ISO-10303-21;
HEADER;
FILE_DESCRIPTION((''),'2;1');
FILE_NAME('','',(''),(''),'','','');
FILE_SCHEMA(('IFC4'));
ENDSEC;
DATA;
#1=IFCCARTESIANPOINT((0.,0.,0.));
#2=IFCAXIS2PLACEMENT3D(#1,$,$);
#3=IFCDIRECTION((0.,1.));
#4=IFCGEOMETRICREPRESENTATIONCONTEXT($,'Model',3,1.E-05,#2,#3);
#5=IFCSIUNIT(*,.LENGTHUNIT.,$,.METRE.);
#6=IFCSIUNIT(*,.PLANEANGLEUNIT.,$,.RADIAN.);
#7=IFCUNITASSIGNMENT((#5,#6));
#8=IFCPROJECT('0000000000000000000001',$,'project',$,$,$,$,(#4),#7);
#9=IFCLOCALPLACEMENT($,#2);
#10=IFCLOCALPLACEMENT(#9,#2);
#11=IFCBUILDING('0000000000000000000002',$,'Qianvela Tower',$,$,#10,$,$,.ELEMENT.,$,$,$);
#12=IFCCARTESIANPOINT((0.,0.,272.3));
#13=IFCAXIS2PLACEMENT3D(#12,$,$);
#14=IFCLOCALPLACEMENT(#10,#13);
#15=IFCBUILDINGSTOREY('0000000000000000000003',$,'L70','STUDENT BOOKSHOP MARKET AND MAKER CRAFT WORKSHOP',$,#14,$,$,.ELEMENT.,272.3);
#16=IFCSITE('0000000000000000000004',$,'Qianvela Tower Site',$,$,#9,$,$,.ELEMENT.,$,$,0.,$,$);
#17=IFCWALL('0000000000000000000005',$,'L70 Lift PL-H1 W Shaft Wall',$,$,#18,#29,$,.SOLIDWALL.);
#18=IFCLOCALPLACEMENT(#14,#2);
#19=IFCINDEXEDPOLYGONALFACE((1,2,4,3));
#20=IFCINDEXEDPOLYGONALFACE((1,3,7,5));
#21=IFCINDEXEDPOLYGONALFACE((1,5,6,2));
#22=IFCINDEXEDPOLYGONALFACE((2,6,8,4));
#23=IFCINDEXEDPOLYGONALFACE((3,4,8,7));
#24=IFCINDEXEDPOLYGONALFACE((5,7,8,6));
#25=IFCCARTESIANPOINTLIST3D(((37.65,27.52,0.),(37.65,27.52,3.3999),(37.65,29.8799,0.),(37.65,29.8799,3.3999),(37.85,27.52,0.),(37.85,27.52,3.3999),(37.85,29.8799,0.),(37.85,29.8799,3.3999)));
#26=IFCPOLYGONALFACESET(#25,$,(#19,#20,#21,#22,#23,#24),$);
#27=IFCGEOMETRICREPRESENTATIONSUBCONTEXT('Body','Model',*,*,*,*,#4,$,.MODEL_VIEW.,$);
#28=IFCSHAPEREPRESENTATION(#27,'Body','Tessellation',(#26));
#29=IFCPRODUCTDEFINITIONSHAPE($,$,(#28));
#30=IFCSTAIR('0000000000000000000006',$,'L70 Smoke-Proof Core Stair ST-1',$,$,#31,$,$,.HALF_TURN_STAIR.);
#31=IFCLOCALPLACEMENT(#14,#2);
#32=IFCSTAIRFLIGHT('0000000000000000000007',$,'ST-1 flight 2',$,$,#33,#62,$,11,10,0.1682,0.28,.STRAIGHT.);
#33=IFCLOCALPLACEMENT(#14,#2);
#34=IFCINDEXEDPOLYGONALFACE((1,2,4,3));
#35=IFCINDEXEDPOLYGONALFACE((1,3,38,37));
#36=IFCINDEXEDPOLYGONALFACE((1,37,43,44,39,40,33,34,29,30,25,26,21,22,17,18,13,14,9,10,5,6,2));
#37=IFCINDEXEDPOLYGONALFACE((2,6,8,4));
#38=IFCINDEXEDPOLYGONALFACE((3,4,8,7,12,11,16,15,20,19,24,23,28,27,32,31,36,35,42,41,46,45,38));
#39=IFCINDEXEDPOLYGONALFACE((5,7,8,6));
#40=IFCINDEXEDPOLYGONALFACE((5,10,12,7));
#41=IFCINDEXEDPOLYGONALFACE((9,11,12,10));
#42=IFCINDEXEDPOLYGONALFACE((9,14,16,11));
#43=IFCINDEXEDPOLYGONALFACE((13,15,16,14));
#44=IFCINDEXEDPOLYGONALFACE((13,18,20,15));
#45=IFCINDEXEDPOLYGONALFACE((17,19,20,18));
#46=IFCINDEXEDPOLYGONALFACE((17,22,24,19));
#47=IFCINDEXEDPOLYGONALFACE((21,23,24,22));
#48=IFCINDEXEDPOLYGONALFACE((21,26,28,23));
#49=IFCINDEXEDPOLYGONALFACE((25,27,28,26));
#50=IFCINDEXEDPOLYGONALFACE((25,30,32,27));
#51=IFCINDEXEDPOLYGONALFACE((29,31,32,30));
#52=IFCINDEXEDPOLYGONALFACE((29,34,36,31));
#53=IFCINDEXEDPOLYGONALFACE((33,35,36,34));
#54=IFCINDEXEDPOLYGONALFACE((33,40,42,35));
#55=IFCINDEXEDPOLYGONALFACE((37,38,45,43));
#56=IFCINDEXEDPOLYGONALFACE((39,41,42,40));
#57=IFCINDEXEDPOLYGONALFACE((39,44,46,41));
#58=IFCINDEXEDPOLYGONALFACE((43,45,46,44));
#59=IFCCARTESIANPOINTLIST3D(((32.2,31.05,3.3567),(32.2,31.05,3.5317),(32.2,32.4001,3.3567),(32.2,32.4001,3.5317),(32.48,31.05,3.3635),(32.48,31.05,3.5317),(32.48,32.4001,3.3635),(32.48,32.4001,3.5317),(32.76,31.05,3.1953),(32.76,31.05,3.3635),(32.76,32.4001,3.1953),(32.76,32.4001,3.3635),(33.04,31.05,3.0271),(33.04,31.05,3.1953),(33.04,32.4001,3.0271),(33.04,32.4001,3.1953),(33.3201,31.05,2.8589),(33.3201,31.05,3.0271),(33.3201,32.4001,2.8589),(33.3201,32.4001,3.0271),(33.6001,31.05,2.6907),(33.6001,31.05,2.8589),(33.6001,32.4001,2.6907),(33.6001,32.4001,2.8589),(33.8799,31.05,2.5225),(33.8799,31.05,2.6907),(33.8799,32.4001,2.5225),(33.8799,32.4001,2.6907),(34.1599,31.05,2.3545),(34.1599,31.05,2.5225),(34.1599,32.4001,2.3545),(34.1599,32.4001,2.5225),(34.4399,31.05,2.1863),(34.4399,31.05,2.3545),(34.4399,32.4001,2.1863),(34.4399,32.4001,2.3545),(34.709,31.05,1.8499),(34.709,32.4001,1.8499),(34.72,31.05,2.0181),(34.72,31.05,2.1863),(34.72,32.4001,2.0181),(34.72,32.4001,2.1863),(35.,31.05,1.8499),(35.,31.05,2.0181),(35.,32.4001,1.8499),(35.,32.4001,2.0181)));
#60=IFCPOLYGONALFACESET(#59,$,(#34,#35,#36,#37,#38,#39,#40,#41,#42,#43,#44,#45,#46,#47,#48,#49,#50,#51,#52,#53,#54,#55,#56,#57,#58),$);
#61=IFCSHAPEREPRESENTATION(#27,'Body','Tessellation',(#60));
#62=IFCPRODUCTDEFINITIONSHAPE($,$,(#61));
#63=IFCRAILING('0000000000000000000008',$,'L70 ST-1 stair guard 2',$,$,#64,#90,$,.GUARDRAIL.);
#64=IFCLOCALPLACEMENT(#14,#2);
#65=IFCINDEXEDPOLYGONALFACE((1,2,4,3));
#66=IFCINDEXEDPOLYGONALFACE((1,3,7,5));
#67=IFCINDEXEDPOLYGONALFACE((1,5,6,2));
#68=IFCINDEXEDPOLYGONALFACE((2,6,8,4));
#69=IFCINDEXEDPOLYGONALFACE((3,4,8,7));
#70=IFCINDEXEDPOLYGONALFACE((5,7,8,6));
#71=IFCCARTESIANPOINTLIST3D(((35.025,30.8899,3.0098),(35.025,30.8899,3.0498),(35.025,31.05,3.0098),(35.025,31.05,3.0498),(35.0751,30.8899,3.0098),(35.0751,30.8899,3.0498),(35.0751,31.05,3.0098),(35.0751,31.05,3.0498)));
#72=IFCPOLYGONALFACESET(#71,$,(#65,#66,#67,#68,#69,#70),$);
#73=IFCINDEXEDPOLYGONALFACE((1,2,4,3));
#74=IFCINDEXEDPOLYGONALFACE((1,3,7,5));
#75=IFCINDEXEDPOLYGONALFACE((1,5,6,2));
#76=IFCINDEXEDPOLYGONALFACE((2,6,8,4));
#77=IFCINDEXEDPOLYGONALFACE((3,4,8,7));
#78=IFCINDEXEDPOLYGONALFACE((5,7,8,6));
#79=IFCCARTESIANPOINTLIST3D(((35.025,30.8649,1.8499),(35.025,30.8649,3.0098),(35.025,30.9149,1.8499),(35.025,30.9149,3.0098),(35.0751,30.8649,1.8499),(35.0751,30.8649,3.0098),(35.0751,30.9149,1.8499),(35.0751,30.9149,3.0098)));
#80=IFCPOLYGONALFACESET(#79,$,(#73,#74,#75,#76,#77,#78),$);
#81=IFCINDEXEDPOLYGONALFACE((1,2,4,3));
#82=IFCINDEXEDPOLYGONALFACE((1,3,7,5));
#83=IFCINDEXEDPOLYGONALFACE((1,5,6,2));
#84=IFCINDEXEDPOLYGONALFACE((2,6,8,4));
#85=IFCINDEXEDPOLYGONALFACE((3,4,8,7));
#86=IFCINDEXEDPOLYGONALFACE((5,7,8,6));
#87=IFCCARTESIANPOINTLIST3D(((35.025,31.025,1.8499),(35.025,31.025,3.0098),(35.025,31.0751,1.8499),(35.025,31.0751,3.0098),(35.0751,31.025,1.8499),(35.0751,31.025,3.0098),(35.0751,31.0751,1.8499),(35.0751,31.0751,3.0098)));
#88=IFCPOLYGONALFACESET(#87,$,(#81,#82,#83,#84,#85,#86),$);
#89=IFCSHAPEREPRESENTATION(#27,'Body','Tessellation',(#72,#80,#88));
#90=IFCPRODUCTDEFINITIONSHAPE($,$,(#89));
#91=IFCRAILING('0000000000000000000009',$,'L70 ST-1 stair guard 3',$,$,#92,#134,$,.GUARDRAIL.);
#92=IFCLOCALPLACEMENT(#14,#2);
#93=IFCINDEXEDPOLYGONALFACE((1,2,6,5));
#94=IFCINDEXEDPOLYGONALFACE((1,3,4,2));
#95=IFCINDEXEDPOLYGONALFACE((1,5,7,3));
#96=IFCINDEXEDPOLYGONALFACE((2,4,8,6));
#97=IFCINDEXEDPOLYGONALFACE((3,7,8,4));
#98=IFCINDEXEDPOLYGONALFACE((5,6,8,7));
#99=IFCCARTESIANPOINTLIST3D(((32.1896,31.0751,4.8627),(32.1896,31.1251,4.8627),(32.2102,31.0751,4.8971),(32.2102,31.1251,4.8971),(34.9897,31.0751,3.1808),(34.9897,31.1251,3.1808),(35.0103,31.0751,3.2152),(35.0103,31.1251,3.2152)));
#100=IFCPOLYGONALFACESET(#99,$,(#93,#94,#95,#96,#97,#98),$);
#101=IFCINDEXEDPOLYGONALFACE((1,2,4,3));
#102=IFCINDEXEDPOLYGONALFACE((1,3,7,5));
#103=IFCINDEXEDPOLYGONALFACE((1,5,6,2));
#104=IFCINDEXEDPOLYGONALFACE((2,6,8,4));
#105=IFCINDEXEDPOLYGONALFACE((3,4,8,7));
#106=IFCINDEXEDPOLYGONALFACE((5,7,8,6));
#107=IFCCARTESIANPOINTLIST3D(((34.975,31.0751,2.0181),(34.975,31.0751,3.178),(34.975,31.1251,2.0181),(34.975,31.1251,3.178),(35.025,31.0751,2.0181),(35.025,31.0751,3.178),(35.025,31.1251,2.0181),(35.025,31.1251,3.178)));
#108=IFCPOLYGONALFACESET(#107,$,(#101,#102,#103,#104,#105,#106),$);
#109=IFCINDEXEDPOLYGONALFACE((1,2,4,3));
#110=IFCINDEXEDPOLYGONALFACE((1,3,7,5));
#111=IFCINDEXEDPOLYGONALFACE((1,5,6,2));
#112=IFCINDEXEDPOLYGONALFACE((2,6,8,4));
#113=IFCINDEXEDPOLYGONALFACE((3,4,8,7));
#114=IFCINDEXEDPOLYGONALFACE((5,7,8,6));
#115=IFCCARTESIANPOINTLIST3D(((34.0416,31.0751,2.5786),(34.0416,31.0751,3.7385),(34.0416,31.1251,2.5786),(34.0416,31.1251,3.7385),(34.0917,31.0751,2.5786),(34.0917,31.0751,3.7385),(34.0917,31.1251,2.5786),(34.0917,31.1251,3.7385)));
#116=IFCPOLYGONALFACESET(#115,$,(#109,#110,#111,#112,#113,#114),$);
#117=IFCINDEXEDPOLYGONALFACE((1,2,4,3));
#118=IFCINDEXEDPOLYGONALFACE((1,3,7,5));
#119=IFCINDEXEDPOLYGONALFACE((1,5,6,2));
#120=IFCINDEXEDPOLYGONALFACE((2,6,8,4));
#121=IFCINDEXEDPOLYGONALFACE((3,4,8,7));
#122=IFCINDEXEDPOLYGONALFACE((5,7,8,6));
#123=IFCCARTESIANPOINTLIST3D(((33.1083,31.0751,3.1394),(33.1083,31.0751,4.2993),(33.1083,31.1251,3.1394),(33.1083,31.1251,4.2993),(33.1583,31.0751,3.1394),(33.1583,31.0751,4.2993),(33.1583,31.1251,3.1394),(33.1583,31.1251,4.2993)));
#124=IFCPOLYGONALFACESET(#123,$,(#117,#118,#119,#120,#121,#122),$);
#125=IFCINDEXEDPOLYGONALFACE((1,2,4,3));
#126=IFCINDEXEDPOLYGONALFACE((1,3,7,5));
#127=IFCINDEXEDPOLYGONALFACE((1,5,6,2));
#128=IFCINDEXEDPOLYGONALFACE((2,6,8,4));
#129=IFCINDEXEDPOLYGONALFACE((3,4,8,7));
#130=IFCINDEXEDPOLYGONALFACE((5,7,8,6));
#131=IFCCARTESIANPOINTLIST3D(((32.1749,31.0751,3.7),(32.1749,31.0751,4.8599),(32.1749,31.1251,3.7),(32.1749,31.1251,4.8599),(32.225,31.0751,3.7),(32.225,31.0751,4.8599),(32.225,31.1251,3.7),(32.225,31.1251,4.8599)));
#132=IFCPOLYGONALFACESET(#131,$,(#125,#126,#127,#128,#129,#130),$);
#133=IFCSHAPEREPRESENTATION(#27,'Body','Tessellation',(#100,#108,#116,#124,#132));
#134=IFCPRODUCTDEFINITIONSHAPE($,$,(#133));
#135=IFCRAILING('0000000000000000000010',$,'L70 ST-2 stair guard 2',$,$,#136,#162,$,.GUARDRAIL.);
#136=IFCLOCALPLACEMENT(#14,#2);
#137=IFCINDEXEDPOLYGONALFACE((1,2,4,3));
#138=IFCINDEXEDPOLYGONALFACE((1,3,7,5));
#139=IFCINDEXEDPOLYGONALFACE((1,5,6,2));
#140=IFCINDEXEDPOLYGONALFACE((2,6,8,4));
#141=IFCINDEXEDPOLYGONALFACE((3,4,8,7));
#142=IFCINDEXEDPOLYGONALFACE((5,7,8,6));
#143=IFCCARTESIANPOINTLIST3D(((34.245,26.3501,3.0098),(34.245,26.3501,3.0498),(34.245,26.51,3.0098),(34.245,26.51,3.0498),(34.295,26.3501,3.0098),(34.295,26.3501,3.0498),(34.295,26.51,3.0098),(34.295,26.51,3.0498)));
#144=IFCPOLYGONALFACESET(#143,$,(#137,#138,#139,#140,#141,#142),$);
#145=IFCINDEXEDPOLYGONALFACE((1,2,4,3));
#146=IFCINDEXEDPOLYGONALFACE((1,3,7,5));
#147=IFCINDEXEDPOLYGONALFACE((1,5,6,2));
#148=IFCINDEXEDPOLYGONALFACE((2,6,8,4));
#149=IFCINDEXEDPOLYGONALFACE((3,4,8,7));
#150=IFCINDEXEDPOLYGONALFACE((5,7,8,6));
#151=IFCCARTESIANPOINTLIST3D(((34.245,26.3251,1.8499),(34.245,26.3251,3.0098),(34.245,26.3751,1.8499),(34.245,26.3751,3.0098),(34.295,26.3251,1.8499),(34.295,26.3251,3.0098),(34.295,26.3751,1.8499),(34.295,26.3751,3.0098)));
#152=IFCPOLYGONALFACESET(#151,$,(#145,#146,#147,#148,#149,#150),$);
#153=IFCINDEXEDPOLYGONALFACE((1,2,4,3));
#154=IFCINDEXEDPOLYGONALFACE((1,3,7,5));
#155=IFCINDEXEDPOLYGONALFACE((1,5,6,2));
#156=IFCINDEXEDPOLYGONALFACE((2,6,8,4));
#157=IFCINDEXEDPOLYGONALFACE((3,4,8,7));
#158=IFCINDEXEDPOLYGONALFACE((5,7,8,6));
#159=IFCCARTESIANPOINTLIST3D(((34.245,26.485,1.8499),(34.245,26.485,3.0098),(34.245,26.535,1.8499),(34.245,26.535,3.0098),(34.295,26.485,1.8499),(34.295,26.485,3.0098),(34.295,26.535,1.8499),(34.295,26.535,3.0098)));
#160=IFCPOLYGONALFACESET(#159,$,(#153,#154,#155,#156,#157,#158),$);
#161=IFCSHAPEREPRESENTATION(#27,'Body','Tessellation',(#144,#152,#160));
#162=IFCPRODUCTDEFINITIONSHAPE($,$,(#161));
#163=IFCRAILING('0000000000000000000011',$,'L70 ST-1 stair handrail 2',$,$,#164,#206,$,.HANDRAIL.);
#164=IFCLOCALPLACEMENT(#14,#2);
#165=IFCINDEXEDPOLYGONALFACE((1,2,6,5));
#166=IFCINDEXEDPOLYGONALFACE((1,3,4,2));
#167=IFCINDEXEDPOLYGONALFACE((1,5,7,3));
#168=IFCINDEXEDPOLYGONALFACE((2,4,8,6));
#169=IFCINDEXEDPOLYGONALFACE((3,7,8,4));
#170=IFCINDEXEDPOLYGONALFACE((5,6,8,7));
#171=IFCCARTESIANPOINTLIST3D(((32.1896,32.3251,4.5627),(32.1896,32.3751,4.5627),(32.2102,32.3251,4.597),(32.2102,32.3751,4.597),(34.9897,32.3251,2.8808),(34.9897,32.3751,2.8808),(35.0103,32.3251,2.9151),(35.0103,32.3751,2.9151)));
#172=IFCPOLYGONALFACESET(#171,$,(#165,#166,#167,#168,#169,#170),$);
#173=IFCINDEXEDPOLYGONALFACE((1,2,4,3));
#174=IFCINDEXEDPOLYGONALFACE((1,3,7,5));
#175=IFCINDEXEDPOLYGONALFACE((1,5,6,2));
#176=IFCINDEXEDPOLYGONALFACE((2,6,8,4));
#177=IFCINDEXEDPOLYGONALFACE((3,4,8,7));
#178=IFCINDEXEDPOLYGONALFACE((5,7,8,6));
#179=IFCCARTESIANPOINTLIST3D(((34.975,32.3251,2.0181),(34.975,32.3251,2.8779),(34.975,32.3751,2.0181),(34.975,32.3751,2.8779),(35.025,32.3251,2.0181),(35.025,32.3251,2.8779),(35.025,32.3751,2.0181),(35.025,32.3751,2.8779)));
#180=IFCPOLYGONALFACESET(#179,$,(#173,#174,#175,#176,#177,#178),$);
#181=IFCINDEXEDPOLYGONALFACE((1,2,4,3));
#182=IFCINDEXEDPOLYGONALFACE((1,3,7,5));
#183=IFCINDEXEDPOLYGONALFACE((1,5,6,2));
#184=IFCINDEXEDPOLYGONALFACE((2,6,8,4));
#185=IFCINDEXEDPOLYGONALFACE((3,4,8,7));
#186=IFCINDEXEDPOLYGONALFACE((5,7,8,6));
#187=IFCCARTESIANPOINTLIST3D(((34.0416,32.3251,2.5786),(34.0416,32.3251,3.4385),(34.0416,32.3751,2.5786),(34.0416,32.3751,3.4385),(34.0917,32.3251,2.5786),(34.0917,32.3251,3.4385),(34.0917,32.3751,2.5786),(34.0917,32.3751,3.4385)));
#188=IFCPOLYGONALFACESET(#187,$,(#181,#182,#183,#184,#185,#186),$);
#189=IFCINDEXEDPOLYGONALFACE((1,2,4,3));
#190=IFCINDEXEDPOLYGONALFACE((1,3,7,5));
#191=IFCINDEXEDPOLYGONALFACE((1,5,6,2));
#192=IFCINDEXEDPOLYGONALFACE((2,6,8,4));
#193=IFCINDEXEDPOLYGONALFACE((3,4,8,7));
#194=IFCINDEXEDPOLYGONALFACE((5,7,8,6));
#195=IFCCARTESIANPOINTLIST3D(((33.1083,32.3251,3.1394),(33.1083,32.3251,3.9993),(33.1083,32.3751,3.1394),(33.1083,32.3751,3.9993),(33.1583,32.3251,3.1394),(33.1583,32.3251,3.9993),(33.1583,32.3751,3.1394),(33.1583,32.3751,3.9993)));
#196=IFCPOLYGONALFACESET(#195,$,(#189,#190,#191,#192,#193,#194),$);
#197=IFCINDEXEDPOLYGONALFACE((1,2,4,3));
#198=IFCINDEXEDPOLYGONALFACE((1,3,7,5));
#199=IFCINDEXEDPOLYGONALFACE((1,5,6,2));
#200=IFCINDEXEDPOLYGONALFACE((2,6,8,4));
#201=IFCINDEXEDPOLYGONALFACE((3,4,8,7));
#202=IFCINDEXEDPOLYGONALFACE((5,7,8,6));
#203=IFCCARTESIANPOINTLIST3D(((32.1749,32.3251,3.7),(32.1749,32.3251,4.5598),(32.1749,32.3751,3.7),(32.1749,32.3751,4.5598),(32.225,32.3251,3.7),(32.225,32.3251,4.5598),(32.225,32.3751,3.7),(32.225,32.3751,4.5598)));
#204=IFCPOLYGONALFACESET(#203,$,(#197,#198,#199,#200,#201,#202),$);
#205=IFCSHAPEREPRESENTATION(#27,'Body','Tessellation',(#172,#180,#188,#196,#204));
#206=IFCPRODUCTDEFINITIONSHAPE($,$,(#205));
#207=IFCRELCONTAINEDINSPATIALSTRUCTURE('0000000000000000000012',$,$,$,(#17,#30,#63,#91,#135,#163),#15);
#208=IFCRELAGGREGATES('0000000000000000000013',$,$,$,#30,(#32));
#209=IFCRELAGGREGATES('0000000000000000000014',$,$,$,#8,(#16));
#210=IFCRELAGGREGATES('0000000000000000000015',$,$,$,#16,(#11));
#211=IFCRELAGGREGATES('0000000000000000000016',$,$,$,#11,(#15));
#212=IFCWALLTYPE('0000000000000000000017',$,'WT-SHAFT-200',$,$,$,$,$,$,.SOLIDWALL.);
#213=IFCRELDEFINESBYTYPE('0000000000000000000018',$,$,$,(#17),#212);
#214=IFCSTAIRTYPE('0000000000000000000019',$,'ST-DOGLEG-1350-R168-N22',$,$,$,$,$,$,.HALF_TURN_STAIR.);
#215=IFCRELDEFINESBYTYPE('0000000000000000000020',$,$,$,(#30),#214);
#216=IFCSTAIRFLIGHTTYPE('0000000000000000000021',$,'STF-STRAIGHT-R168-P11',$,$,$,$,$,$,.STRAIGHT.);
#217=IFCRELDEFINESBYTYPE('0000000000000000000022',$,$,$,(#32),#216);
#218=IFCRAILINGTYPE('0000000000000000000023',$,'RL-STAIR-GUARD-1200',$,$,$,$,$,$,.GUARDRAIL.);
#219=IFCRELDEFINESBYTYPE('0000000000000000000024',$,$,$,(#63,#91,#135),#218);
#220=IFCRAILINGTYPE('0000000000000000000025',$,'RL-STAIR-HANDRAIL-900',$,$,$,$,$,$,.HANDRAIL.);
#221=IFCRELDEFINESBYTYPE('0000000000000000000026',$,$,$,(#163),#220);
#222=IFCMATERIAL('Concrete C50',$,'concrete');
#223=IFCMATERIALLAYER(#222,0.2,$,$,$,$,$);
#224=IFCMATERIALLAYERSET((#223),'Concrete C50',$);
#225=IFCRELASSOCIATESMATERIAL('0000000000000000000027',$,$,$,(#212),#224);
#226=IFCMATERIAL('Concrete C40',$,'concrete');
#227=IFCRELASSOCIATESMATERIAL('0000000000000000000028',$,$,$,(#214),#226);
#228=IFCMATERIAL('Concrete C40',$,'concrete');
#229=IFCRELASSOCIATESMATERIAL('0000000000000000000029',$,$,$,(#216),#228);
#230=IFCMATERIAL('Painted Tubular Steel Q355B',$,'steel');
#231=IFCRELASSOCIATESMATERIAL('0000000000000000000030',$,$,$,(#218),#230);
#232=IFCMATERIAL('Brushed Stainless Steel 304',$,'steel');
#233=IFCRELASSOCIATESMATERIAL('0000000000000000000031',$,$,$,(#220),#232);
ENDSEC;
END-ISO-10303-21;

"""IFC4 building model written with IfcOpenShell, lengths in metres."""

from ifc_helpers import new_model, si_unit, direction, frame, frame_2d, origin, origin_2d, place, context, subcontext, project, spatial, polyline, rectangle, outline, extrude, material, layer, layer_set, type_object, element, aggregate, save


model = new_model("IFC4")

# Units and contexts
model_context = context("Model", 3, precision=1e-05, world=origin(), true_north=direction((0.0, 1.0)))
body_context = subcontext(model_context, "Body", "Model", "MODEL_VIEW")
ifc_project = project(units=[si_unit("LENGTHUNIT", "METRE"), si_unit("PLANEANGLEUNIT", "RADIAN")], contexts=[model_context])

# Site, building, storey
site_placement = place(None, origin())
site = spatial("IfcSite", under=ifc_project, at=site_placement, Name="Qianvela Tower Site", CompositionType="ELEMENT", RefElevation=0.0)
building_placement = place(site_placement, origin())
building = spatial("IfcBuilding", under=site, at=building_placement, Name="Qianvela Tower", CompositionType="ELEMENT")
storey_placement = place(building_placement, frame((0.0, 0.0, 272.3)))
storey = spatial("IfcBuildingStorey", under=building, at=storey_placement, Name="L70", Description="STUDENT BOOKSHOP MARKET AND MAKER CRAFT WORKSHOP", CompositionType="ELEMENT", Elevation=272.3)

# Shared definitions
ifc_material_1 = material(Name="Concrete C50", Category="concrete")
ifc_layer_1 = layer(ifc_material_1, 0.2)
ifc_layer_set_1 = layer_set([ifc_layer_1], Name="Concrete C50")
wall_type_1 = type_object("IfcWallType", Name="WT-SHAFT-200", PredefinedType="SOLIDWALL", material=ifc_layer_set_1)

# Wall
wall_1_placement = place(storey_placement, frame((37.75, 27.52, 0.0), z_axis=(0.0, 0.0, 1.0), x_axis=(0.0, 1.0, 0.0)))
element("IfcWall", 1, at=wall_1_placement, inside=storey, type_object=wall_type_1, Name="L70 Lift PL-H1 W Shaft Wall", PredefinedType="SOLIDWALL", context=body_context, shape_type="SweptSolid", body=[
    extrude(rectangle(XDim=2.3599, YDim=0.2, at=frame_2d((1.1799, 0.0))), origin(), (0.0, 0.0, 1.0), 3.3999),
])

# Stair, stair flight
ifc_material_2 = material(Name="Concrete C40", Category="concrete")
stair_type = type_object("IfcStairType", Name="ST-DOGLEG-1350-R168-N22", PredefinedType="HALF_TURN_STAIR", material=ifc_material_2)
stair_placement = place(storey_placement, origin())
stair = element("IfcStair", 2, at=stair_placement, inside=storey, type_object=stair_type, Name="L70 Smoke-Proof Core Stair ST-1", PredefinedType="HALF_TURN_STAIR")
ifc_material_3 = material(Name="Concrete C40", Category="concrete")
stair_flight_type = type_object("IfcStairFlightType", Name="STF-STRAIGHT-R168-P11", PredefinedType="STRAIGHT", material=ifc_material_3)
stair_flight_placement = place(storey_placement, frame((35.0, 31.7251, 1.8499), z_axis=(0.0, 0.0, 1.0), x_axis=(-1.0, 0.0, 0.0)))
stair_flight = element("IfcStairFlight", 3, at=stair_flight_placement, type_object=stair_flight_type, Name="ST-1 flight 2", NumberOfRisers=11, NumberOfTreads=10, PredefinedType="STRAIGHT", RiserHeight=0.1682, TreadLength=0.28, context=body_context, shape_type="SweptSolid", body=[
    extrude(outline(polyline([(0.0, 0.0), (0.0, 0.1682), (0.28, 0.1682), (0.28, 0.3364), (0.5601, 0.3364), (0.5601, 0.5046), (0.8401, 0.5046), (0.8401, 0.6726), (1.1201, 0.6726), (1.1201, 0.8408), (1.3999, 0.8408), (1.3999, 1.009), (1.6799, 1.009), (1.6799, 1.1772), (1.96, 1.1772), (1.96, 1.3455), (2.24, 1.3455), (2.24, 1.5137), (2.52, 1.5137), (2.52, 1.6819), (2.8, 1.6819), (2.8, 1.8501), (2.8, 1.5068), (0.291, 0.0), (0.0, 0.0)])), frame((0.0, 0.675, 0.0), z_axis=(0.0, -1.0, 0.0), x_axis=(1.0, 0.0, 0.0)), (0.0, 0.0, 1.0), 1.3501),
])
aggregate(stair, [stair_flight])

# Railings
ifc_material_4 = material(Name="Painted Tubular Steel Q355B", Category="steel")
railing_type_1 = type_object("IfcRailingType", Name="RL-STAIR-GUARD-1200", PredefinedType="GUARDRAIL", material=ifc_material_4)
railing_1_placement = place(storey_placement, frame((35.05, 30.8899, 1.8499)))
element("IfcRailing", 4, at=railing_1_placement, inside=storey, type_object=railing_type_1, Name="L70 ST-1 stair guard 2", PredefinedType="GUARDRAIL", context=body_context, shape_type="SweptSolid", body=[
    extrude(rectangle(XDim=0.05, YDim=0.04, at=origin_2d()), frame((0.0, 0.0, 1.1799), z_axis=(0.0, 1.0, 0.0), x_axis=(-1.0, 0.0, 0.0)), (0.0, 0.0, 1.0), 0.1602),
    extrude(rectangle(XDim=0.05, YDim=0.05, at=origin_2d()), origin(), (0.0, 0.0, 1.0), 1.1599),
    extrude(rectangle(XDim=0.05, YDim=0.05, at=origin_2d()), frame((0.0, 0.1602, 0.0)), (0.0, 0.0, 1.0), 1.1599),
])
railing_2_placement = place(storey_placement, frame((35.0, 31.1001, 2.0181)))
element("IfcRailing", 5, at=railing_2_placement, inside=storey, type_object=railing_type_1, Name="L70 ST-1 stair guard 3", PredefinedType="GUARDRAIL", context=body_context, shape_type="SweptSolid", body=[
    extrude(rectangle(XDim=0.05, YDim=0.04, at=origin_2d()), frame((0.0, 0.0, 1.1799), z_axis=(-0.857242, 0.0, 0.514913), x_axis=(0.0, -1.0, 0.0)), (0.0, 0.0, 1.0), 3.2664),
    extrude(rectangle(XDim=0.05, YDim=0.05, at=origin_2d()), origin(), (0.0, 0.0, 1.0), 1.1599),
    extrude(rectangle(XDim=0.05, YDim=0.05, at=origin_2d()), frame((-0.9333, 0.0, 0.5605)), (0.0, 0.0, 1.0), 1.1599),
    extrude(rectangle(XDim=0.05, YDim=0.05, at=origin_2d()), frame((-1.8667, 0.0, 1.1213)), (0.0, 0.0, 1.0), 1.1599),
    extrude(rectangle(XDim=0.05, YDim=0.05, at=origin_2d()), frame((-2.8, 0.0, 1.6819)), (0.0, 0.0, 1.0), 1.1599),
])
railing_3_placement = place(storey_placement, frame((34.27, 26.3501, 1.8499)))
element("IfcRailing", 6, at=railing_3_placement, inside=storey, type_object=railing_type_1, Name="L70 ST-2 stair guard 2", PredefinedType="GUARDRAIL", context=body_context, shape_type="SweptSolid", body=[
    extrude(rectangle(XDim=0.05, YDim=0.04, at=origin_2d()), frame((0.0, 0.0, 1.1799), z_axis=(0.0, 1.0, 0.0), x_axis=(-1.0, 0.0, 0.0)), (0.0, 0.0, 1.0), 0.1599),
    extrude(rectangle(XDim=0.05, YDim=0.05, at=origin_2d()), origin(), (0.0, 0.0, 1.0), 1.1599),
    extrude(rectangle(XDim=0.05, YDim=0.05, at=origin_2d()), frame((0.0, 0.1599, 0.0)), (0.0, 0.0, 1.0), 1.1599),
])
ifc_material_5 = material(Name="Brushed Stainless Steel 304", Category="steel")
railing_type_2 = type_object("IfcRailingType", Name="RL-STAIR-HANDRAIL-900", PredefinedType="HANDRAIL", material=ifc_material_5)
for number, where, name in (
    (7, (35.0, 32.3501, 2.0181), "L70 ST-1 stair handrail 2"),
):
    element("IfcRailing", number, at=place(storey_placement, frame(where)), inside=storey, type_object=railing_type_2, Name=name, PredefinedType="HANDRAIL", context=body_context, shape_type="SweptSolid", body=[
        extrude(rectangle(XDim=0.05, YDim=0.04, at=origin_2d()), frame((0.0, 0.0, 0.8799), z_axis=(-0.857242, 0.0, 0.514913), x_axis=(0.0, -1.0, 0.0)), (0.0, 0.0, 1.0), 3.2664),
        extrude(rectangle(XDim=0.05, YDim=0.05, at=origin_2d()), origin(), (0.0, 0.0, 1.0), 0.8599),
        extrude(rectangle(XDim=0.05, YDim=0.05, at=origin_2d()), frame((-0.9333, 0.0, 0.5605)), (0.0, 0.0, 1.0), 0.8599),
        extrude(rectangle(XDim=0.05, YDim=0.05, at=origin_2d()), frame((-1.8667, 0.0, 1.1213)), (0.0, 0.0, 1.0), 0.8599),
        extrude(rectangle(XDim=0.05, YDim=0.05, at=origin_2d()), frame((-2.8, 0.0, 1.6819)), (0.0, 0.0, 1.0), 0.8599),
    ])

save(model, "model.ifc")
